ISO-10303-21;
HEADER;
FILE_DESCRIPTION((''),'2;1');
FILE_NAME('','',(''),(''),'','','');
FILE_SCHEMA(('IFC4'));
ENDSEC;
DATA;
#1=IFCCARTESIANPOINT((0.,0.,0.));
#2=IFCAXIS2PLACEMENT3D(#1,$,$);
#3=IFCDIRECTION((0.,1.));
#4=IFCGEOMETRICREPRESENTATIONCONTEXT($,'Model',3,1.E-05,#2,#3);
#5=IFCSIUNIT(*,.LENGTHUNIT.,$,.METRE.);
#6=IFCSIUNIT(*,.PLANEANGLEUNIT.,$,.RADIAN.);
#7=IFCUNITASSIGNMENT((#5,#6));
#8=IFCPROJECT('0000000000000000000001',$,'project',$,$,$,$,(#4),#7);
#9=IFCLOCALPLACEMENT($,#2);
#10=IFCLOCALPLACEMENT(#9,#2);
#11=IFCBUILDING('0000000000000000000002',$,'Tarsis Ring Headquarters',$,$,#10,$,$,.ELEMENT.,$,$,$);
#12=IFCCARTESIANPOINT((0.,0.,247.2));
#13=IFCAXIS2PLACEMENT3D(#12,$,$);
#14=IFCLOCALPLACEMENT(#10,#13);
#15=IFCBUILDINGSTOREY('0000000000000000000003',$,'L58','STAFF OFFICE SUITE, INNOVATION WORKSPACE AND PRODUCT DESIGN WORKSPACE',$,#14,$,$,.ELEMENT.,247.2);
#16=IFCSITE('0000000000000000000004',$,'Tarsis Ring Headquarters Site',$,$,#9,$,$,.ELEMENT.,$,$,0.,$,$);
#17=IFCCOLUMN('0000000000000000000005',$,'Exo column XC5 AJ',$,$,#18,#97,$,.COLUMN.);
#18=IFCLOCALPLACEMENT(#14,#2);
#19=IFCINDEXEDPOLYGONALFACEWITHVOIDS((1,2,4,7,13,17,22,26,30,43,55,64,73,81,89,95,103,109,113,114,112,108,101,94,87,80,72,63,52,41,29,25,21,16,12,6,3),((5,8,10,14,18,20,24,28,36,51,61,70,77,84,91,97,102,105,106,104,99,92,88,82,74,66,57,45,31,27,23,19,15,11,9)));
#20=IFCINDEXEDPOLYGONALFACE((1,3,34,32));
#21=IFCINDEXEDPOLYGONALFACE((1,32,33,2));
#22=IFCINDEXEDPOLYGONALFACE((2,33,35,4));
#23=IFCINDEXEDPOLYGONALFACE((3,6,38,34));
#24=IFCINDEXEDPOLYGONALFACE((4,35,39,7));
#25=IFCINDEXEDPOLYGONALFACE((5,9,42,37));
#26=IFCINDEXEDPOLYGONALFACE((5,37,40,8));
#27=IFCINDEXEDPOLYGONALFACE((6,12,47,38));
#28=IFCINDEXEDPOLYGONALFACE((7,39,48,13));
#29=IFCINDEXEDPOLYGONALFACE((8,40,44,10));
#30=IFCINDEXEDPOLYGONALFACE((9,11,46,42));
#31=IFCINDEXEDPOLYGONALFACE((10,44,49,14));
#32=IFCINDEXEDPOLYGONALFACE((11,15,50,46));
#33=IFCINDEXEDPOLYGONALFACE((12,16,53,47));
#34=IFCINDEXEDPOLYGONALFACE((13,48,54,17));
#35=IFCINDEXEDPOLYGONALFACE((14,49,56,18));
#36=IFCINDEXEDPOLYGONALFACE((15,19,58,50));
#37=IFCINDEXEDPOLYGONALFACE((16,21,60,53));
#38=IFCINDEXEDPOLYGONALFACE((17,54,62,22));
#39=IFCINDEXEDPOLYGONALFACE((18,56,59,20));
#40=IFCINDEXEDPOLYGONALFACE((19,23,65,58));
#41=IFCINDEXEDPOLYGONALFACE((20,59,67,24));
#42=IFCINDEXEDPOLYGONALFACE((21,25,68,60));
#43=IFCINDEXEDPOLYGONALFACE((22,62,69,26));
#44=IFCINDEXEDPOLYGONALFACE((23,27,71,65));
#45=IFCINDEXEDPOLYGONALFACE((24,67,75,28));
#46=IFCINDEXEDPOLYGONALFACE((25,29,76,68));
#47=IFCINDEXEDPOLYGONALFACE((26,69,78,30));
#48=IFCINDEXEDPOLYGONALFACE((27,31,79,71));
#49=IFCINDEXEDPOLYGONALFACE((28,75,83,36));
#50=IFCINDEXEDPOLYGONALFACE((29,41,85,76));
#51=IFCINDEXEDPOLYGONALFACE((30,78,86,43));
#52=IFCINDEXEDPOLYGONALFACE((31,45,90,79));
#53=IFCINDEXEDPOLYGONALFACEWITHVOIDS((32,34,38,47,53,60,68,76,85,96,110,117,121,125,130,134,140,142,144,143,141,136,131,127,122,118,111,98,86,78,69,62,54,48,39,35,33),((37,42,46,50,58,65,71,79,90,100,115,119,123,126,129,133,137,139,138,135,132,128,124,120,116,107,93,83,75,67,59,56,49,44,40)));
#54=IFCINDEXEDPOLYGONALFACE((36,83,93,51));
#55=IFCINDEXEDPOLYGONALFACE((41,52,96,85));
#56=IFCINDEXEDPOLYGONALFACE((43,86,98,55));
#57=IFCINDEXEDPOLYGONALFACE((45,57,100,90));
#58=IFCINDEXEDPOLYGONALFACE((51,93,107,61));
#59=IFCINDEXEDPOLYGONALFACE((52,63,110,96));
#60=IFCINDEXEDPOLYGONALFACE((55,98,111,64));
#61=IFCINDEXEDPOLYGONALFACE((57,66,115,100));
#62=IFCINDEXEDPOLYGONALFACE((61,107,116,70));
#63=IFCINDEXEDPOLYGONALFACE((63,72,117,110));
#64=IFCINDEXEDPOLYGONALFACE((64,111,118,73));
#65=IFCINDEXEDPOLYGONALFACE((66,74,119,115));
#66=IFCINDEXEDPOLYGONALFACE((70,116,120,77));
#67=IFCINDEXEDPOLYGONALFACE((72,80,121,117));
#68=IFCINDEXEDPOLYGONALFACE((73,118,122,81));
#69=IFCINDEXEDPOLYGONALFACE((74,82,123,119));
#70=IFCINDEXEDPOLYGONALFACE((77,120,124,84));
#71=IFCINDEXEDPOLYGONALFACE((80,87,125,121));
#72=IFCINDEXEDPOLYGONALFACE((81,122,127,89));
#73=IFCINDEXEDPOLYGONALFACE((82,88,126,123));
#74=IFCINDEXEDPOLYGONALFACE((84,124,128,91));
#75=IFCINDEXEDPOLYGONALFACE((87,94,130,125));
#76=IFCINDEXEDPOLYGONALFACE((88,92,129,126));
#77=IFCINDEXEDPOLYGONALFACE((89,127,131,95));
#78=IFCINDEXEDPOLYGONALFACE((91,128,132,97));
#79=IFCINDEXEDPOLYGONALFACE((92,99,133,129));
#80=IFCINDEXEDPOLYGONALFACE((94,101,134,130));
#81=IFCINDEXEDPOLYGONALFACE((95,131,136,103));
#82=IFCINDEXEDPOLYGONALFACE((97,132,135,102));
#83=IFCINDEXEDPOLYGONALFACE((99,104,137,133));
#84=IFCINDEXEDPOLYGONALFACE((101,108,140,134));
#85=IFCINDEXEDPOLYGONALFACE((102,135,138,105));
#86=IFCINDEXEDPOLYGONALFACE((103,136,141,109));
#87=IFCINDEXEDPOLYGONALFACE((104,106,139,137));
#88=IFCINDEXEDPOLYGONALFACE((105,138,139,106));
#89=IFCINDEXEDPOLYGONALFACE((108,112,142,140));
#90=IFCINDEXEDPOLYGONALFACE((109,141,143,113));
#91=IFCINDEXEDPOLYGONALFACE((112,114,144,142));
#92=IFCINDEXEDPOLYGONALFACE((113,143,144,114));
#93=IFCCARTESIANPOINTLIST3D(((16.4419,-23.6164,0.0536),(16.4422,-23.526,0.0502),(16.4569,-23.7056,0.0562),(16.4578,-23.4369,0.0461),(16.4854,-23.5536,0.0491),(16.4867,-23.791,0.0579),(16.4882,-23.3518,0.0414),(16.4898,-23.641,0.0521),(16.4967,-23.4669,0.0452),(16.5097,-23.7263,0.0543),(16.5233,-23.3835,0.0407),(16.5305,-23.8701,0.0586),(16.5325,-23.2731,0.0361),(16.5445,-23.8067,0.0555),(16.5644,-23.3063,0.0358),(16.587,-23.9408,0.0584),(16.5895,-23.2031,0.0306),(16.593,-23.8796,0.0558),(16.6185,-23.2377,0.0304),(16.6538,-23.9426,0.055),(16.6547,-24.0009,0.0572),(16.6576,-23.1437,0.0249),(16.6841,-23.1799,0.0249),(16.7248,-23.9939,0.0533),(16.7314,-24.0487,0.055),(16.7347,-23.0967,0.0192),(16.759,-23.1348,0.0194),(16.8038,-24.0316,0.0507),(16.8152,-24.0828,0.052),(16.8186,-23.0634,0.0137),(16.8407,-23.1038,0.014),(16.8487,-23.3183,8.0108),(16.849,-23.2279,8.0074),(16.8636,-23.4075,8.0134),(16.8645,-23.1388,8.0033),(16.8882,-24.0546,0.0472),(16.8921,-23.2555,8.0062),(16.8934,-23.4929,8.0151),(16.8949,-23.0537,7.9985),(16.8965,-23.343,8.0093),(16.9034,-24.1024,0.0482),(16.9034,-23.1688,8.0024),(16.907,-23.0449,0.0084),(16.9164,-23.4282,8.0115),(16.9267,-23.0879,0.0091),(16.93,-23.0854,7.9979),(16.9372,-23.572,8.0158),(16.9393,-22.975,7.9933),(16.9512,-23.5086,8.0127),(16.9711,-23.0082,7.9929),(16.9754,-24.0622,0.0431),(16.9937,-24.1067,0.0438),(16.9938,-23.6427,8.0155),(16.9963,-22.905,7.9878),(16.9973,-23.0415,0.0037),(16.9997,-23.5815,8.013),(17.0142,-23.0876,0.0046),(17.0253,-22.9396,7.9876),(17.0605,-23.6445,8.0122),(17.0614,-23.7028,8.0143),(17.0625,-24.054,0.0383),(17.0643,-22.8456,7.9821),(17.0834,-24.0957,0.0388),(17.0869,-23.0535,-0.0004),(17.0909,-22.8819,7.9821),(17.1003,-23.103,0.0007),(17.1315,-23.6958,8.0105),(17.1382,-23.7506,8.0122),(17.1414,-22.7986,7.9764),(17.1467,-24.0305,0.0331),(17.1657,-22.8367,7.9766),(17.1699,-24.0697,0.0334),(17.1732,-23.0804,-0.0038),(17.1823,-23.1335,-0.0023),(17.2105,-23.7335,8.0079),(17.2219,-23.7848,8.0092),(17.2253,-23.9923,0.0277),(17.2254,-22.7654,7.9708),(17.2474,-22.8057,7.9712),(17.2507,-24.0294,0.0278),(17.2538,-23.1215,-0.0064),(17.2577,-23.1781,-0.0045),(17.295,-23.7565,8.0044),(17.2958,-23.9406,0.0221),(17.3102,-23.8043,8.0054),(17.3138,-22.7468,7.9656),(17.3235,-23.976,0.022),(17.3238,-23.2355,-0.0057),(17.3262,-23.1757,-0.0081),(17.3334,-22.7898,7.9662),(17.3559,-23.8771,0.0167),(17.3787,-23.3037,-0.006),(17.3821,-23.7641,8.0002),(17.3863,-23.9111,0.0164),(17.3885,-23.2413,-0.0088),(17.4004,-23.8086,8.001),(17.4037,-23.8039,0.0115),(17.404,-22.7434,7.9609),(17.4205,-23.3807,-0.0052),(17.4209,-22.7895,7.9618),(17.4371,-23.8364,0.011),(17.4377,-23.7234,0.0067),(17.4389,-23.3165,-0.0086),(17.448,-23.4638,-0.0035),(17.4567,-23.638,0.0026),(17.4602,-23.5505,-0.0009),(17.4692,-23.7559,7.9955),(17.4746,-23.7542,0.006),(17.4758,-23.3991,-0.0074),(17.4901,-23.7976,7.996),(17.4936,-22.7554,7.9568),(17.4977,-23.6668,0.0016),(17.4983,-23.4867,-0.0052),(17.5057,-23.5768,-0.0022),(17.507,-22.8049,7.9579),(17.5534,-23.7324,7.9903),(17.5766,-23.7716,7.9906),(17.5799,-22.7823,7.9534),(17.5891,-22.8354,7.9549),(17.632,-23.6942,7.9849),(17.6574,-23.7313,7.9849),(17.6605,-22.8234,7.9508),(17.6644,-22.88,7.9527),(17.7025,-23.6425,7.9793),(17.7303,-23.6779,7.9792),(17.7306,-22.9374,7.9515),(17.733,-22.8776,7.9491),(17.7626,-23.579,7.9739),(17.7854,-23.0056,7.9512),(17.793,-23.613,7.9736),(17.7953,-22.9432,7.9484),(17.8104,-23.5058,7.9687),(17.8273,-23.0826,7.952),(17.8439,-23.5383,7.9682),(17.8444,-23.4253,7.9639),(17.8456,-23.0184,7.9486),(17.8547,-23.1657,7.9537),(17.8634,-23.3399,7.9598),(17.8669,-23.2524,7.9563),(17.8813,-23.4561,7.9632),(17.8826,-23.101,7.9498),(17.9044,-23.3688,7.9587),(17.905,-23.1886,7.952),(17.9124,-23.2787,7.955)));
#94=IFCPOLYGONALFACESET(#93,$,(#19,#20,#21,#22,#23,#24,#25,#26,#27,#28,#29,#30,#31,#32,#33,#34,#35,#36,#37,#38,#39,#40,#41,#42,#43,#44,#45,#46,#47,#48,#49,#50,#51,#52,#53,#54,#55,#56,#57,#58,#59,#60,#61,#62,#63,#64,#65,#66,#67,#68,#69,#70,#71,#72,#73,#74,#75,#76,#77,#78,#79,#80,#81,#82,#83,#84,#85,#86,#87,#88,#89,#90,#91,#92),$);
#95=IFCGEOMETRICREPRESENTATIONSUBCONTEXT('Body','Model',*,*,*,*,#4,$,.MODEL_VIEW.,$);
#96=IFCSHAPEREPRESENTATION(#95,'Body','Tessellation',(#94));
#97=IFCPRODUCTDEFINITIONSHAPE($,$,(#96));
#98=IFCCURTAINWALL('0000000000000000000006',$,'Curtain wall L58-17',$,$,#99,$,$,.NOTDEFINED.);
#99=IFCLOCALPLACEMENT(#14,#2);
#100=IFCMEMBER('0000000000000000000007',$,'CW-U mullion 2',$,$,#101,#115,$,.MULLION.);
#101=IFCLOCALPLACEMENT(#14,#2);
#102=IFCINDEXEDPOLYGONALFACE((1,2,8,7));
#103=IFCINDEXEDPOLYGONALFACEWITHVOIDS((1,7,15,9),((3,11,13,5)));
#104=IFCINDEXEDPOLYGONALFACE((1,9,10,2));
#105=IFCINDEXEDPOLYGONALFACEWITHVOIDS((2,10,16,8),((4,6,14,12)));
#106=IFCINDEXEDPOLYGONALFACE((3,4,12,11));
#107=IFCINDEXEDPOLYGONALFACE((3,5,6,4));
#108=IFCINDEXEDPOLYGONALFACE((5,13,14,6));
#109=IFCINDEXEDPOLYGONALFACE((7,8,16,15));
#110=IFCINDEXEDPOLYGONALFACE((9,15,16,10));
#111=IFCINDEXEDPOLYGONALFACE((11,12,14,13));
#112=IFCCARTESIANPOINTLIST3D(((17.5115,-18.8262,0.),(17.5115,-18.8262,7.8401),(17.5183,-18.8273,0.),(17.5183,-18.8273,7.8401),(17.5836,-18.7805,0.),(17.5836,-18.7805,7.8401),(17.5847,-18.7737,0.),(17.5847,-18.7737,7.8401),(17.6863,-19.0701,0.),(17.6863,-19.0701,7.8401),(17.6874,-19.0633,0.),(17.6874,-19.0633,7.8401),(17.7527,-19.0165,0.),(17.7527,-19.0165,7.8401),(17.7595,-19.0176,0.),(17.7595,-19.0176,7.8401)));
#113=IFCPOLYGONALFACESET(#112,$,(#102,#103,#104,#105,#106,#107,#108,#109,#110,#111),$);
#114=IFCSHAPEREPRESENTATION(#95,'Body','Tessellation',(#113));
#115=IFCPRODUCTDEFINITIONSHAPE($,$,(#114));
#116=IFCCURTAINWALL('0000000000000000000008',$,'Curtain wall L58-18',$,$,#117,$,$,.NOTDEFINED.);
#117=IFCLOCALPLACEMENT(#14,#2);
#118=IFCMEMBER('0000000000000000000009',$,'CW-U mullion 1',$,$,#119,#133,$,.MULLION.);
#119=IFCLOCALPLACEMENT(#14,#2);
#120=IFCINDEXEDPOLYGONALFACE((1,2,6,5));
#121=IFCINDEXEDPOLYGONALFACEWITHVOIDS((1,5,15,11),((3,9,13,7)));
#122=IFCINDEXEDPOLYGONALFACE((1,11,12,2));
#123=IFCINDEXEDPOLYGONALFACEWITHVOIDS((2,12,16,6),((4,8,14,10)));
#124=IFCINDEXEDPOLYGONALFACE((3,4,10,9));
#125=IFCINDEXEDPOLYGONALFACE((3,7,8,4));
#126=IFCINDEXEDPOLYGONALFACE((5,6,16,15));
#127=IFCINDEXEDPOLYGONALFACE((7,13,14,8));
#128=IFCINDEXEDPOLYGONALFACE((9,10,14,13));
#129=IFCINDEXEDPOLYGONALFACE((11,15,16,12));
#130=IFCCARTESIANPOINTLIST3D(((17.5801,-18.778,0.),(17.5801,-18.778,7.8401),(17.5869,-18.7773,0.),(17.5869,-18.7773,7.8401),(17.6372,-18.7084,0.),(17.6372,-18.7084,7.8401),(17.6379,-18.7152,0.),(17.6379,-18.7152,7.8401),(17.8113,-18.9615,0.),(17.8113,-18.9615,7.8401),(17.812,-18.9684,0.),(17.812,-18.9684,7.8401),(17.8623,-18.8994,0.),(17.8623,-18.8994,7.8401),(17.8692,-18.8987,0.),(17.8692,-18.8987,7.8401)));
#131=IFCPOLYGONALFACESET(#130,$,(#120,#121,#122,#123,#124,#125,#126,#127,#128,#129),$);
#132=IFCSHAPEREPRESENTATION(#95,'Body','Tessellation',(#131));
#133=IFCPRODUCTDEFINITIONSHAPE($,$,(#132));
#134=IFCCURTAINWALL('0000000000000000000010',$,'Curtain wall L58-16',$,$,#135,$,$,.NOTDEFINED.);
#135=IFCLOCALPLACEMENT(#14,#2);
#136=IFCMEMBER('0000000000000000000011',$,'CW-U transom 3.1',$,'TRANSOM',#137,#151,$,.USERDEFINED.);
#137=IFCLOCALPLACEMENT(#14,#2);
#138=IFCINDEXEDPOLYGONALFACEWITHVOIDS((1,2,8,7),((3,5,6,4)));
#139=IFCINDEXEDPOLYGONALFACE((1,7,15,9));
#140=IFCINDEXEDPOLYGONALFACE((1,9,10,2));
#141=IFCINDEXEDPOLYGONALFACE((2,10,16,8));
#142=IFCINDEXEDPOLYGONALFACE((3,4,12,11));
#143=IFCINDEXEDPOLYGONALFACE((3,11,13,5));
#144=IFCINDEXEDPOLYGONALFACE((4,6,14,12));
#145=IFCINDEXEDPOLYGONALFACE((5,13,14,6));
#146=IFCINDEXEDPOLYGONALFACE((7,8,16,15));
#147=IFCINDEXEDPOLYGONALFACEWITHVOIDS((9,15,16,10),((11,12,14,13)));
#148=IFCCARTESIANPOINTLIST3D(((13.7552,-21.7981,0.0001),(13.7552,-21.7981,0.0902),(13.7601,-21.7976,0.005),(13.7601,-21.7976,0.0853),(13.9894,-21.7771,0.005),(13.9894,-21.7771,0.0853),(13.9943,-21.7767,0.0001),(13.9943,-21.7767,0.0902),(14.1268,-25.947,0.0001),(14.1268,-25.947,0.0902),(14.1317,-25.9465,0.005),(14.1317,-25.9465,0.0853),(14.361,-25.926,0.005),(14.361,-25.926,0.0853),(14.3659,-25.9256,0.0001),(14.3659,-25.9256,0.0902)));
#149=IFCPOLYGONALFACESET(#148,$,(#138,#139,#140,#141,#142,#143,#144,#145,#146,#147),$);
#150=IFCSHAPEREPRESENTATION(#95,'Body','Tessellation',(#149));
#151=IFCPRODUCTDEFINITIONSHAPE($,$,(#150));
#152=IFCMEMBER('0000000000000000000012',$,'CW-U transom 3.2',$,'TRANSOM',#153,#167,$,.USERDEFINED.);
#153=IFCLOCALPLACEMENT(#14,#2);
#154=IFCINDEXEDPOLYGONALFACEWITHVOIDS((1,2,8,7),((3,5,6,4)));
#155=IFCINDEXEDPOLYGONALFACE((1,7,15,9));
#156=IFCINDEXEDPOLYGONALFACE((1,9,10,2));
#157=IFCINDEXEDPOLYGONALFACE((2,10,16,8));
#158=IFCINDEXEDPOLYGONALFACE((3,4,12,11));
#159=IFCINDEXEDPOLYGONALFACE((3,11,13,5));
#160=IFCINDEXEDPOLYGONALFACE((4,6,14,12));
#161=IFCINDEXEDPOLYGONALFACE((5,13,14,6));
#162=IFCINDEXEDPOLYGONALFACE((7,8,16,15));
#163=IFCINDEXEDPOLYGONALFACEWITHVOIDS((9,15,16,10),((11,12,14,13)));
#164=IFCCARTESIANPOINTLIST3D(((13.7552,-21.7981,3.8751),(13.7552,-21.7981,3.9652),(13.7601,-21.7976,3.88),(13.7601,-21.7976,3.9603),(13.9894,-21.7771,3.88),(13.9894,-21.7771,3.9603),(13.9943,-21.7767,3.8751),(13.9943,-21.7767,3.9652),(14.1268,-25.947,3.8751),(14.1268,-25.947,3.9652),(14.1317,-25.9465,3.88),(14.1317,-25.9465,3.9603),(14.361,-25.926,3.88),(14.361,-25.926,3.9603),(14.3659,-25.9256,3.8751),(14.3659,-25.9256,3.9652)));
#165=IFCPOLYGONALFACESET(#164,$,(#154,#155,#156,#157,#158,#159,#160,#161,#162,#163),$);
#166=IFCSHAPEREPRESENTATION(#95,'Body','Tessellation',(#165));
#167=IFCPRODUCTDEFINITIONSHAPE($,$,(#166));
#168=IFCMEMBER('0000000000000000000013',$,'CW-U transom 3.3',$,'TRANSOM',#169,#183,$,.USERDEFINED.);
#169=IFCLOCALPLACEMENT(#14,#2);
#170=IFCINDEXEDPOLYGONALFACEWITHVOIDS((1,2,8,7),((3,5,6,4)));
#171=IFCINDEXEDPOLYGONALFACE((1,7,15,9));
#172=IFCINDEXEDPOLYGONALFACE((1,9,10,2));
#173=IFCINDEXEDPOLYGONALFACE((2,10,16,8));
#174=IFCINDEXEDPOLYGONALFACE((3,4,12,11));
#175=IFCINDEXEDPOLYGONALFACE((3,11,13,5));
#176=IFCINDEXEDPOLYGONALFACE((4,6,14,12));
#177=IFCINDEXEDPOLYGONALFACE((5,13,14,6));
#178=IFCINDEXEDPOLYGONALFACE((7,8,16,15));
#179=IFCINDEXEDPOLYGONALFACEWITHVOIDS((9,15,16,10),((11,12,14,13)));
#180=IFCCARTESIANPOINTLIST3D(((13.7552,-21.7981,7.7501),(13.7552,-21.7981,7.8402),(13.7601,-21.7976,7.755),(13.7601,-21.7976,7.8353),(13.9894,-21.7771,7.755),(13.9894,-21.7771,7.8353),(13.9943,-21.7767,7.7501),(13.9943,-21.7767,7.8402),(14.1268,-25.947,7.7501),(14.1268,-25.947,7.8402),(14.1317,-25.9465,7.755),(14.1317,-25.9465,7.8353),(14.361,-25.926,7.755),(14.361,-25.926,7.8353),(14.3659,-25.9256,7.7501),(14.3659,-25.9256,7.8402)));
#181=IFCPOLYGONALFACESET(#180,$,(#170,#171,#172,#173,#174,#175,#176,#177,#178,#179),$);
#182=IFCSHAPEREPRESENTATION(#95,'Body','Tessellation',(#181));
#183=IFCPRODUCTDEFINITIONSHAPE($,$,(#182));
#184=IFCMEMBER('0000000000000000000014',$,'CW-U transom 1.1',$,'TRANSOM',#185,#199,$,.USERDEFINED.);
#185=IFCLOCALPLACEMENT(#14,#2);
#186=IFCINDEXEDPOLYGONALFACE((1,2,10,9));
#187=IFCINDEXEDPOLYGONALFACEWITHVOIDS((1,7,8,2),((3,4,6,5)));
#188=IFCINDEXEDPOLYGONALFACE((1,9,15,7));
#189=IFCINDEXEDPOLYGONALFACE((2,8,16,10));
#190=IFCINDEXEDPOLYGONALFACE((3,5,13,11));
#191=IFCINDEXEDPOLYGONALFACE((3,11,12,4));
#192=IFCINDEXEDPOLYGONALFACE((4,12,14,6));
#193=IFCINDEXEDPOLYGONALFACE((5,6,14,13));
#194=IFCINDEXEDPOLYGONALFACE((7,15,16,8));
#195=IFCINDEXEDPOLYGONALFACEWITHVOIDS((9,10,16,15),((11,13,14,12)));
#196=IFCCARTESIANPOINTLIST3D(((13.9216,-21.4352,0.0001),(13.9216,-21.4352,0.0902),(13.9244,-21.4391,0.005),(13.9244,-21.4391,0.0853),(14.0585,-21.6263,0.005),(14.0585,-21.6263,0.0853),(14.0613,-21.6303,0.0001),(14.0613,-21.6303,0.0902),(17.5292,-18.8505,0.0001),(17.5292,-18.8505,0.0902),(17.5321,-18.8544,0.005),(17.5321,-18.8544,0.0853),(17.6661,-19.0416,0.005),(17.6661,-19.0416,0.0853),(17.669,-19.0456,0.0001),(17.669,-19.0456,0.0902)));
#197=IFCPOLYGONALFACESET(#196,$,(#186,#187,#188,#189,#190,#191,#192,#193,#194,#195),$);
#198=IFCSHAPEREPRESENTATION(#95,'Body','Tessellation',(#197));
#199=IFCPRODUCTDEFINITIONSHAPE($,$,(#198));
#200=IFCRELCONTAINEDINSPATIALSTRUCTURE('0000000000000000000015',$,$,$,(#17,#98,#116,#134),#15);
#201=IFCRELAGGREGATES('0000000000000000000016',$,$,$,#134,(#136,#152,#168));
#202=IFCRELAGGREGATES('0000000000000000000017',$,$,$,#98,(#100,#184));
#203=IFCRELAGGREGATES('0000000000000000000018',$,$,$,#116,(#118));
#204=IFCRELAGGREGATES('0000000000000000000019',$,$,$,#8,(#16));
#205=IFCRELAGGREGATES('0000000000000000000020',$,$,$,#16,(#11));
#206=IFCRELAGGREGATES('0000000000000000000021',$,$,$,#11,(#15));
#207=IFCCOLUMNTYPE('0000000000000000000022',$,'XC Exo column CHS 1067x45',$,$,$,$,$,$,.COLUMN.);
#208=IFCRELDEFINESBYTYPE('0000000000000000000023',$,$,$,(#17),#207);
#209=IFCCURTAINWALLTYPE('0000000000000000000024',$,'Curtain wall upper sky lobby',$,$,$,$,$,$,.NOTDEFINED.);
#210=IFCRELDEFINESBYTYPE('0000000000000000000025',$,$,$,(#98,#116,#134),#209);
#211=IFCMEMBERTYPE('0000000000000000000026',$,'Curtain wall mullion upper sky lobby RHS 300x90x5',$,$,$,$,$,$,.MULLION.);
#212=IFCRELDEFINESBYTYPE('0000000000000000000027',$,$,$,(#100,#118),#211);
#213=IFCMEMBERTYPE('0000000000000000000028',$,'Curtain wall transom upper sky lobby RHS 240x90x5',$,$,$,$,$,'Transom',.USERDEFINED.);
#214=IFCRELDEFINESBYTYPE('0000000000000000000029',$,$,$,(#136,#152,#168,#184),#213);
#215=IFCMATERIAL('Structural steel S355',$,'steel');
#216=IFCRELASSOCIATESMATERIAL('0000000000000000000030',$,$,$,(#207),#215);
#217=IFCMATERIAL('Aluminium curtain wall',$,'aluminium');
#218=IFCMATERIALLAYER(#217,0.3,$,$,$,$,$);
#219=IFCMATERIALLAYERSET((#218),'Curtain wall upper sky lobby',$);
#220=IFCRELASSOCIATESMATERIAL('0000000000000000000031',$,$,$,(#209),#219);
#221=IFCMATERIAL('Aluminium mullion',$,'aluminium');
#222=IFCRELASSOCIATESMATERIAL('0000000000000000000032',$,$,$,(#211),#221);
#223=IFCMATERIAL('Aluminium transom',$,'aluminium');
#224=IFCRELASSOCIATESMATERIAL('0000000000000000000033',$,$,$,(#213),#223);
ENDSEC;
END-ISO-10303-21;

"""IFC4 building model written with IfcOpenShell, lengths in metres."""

from ifc_helpers import new_model, si_unit, direction, frame, origin, origin_2d, place, context, subcontext, project, spatial, hollow_rectangle, hollow_circle, extrude, material, layer, layer_set, material_profile, profile_set, type_object, element, aggregate, save


model = new_model("IFC4")

# Units and contexts
model_context = context("Model", 3, precision=1e-05, world=origin(), true_north=direction((0.0, 1.0)))
body_context = subcontext(model_context, "Body", "Model", "MODEL_VIEW")
ifc_project = project(units=[si_unit("LENGTHUNIT", "METRE"), si_unit("PLANEANGLEUNIT", "RADIAN")], contexts=[model_context])

# Site, building, storey
site_placement = place(None, origin())
site = spatial("IfcSite", under=ifc_project, at=site_placement, Name="Tarsis Ring Headquarters Site", CompositionType="ELEMENT", RefElevation=0.0)
building_placement = place(site_placement, origin())
building = spatial("IfcBuilding", under=site, at=building_placement, Name="Tarsis Ring Headquarters", CompositionType="ELEMENT")
storey_placement = place(building_placement, frame((0.0, 0.0, 247.2)))
storey = spatial("IfcBuildingStorey", under=building, at=storey_placement, Name="L58", Description="STAFF OFFICE SUITE, INNOVATION WORKSPACE AND PRODUCT DESIGN WORKSPACE", CompositionType="ELEMENT", Elevation=247.2)

# Column
ifc_material_1 = material(Name="Structural steel S355", Category="steel")
ifc_material_profile_1 = material_profile(ifc_material_1, hollow_circle(Radius=0.5334, WallThickness=0.0449, at=origin_2d()), Name="CHS 1067x45")
ifc_profile_set_1 = profile_set([ifc_material_profile_1], Name="Structural steel S355")
column_type = type_object("IfcColumnType", Name="XC Exo column CHS 1067x45", PredefinedType="COLUMN", material=ifc_profile_set_1)
column_placement = place(storey_placement, frame((16.9729, -23.574, 0.0249), z_axis=(0.051013, 0.037387, 0.997998), x_axis=(-0.591133, 0.806574, 0.0)))
element("IfcColumn", 1, at=column_placement, inside=storey, type_object=column_type, Name="Exo column XC5 AJ", PredefinedType="COLUMN", context=body_context, shape_type="SweptSolid", body=[
    extrude(hollow_circle(Radius=0.5334, WallThickness=0.0449, at=origin_2d()), origin(), (0.0, 0.0, 1.0), 7.9731),
])

# Curtain walls, members
ifc_material_2 = material(Name="Aluminium curtain wall", Category="aluminium")
ifc_layer_1 = layer(ifc_material_2, 0.3)
ifc_layer_set_1 = layer_set([ifc_layer_1], Name="Curtain wall upper sky lobby")
curtain_wall_type = type_object("IfcCurtainWallType", Name="Curtain wall upper sky lobby", PredefinedType="NOTDEFINED", material=ifc_layer_set_1)
curtain_wall_1_placement = place(storey_placement, origin())
curtain_wall_1 = element("IfcCurtainWall", 2, at=curtain_wall_1_placement, inside=storey, type_object=curtain_wall_type, Name="Curtain wall L58-17", PredefinedType="NOTDEFINED")
ifc_material_3 = material(Name="Aluminium mullion", Category="aluminium")
ifc_material_profile_2 = material_profile(ifc_material_3, hollow_rectangle(XDim=0.3, YDim=0.0901, WallThickness=0.0049, at=origin_2d()), Name="RHS 300x90x5")
ifc_profile_set_2 = profile_set([ifc_material_profile_2], Name="Aluminium mullion")
member_type_1 = type_object("IfcMemberType", Name="Curtain wall mullion upper sky lobby RHS 300x90x5", PredefinedType="MULLION", material=ifc_profile_set_2)
member_1_placement = place(storey_placement, frame((17.6355, -18.9219, 0.0), z_axis=(0.0, 0.0, 1.0), x_axis=(-0.582407, 0.812898, 0.0)))
member_1 = element("IfcMember", 3, at=member_1_placement, type_object=member_type_1, Name="CW-U mullion 2", PredefinedType="MULLION", context=body_context, shape_type="SweptSolid", body=[
    extrude(hollow_rectangle(XDim=0.3, YDim=0.0901, WallThickness=0.0049, at=origin_2d()), origin(), (0.0, 0.0, 1.0), 7.8401),
])
curtain_wall_2_placement = place(storey_placement, origin())
curtain_wall_2 = element("IfcCurtainWall", 4, at=curtain_wall_2_placement, inside=storey, type_object=curtain_wall_type, Name="Curtain wall L58-18", PredefinedType="NOTDEFINED")
member_2_placement = place(storey_placement, frame((17.7246, -18.8384, 0.0), z_axis=(0.0, 0.0, 1.0), x_axis=(-0.772955, 0.634461, 0.0)))
member_2 = element("IfcMember", 5, at=member_2_placement, type_object=member_type_1, Name="CW-U mullion 1", PredefinedType="MULLION", context=body_context, shape_type="SweptSolid", body=[
    extrude(hollow_rectangle(XDim=0.3, YDim=0.0901, WallThickness=0.0049, at=origin_2d()), origin(), (0.0, 0.0, 1.0), 7.8401),
])

# Curtain wall, members
curtain_wall_3_placement = place(storey_placement, origin())
curtain_wall_3 = element("IfcCurtainWall", 6, at=curtain_wall_3_placement, inside=storey, type_object=curtain_wall_type, Name="Curtain wall L58-16", PredefinedType="NOTDEFINED")
ifc_material_4 = material(Name="Aluminium transom", Category="aluminium")
ifc_material_profile_3 = material_profile(ifc_material_4, hollow_rectangle(XDim=0.24, YDim=0.0901, WallThickness=0.0049, at=origin_2d()), Name="RHS 240x90x5")
ifc_profile_set_3 = profile_set([ifc_material_profile_3], Name="Aluminium transom")
member_type_2 = type_object("IfcMemberType", Name="Curtain wall transom upper sky lobby RHS 240x90x5", ElementType="Transom", PredefinedType="USERDEFINED", material=ifc_profile_set_3)
member_3_placement = place(storey_placement, frame((14.2463, -25.9363, 0.0452), z_axis=(-0.089204, 0.996013, 0.0), x_axis=(-0.996013, -0.089204, 0.0)))
member_3 = element("IfcMember", 7, at=member_3_placement, type_object=member_type_2, Name="CW-U transom 3.1", ObjectType="TRANSOM", PredefinedType="USERDEFINED", context=body_context, shape_type="SweptSolid", body=[
    extrude(hollow_rectangle(XDim=0.24, YDim=0.0901, WallThickness=0.0049, at=origin_2d()), origin(), (0.0, 0.0, 1.0), 4.1655),
])
member_4_placement = place(storey_placement, frame((14.2463, -25.9363, 3.9202), z_axis=(-0.089204, 0.996013, 0.0), x_axis=(-0.996013, -0.089204, 0.0)))
member_4 = element("IfcMember", 8, at=member_4_placement, type_object=member_type_2, Name="CW-U transom 3.2", ObjectType="TRANSOM", PredefinedType="USERDEFINED", context=body_context, shape_type="SweptSolid", body=[
    extrude(hollow_rectangle(XDim=0.24, YDim=0.0901, WallThickness=0.0049, at=origin_2d()), origin(), (0.0, 0.0, 1.0), 4.1655),
])
member_5_placement = place(storey_placement, frame((14.2463, -25.9363, 7.7952), z_axis=(-0.089204, 0.996013, 0.0), x_axis=(-0.996013, -0.089204, 0.0)))
member_5 = element("IfcMember", 9, at=member_5_placement, type_object=member_type_2, Name="CW-U transom 3.3", ObjectType="TRANSOM", PredefinedType="USERDEFINED", context=body_context, shape_type="SweptSolid", body=[
    extrude(hollow_rectangle(XDim=0.24, YDim=0.0901, WallThickness=0.0049, at=origin_2d()), origin(), (0.0, 0.0, 1.0), 4.1655),
])

# Member
member_6_placement = place(storey_placement, frame((13.9915, -21.5327, 0.0452), z_axis=(0.8129, 0.582403, 0.0), x_axis=(-0.582403, 0.8129, 0.0)))
member_6 = element("IfcMember", 10, at=member_6_placement, type_object=member_type_2, Name="CW-U transom 1.1", ObjectType="TRANSOM", PredefinedType="USERDEFINED", context=body_context, shape_type="SweptSolid", body=[
    extrude(hollow_rectangle(XDim=0.24, YDim=0.0901, WallThickness=0.0049, at=origin_2d()), origin(), (0.0, 0.0, 1.0), 4.438),
])

aggregate(curtain_wall_3, [member_3, member_4, member_5])
aggregate(curtain_wall_1, [member_1, member_6])
aggregate(curtain_wall_2, [member_2])

save(model, "model.ifc")
